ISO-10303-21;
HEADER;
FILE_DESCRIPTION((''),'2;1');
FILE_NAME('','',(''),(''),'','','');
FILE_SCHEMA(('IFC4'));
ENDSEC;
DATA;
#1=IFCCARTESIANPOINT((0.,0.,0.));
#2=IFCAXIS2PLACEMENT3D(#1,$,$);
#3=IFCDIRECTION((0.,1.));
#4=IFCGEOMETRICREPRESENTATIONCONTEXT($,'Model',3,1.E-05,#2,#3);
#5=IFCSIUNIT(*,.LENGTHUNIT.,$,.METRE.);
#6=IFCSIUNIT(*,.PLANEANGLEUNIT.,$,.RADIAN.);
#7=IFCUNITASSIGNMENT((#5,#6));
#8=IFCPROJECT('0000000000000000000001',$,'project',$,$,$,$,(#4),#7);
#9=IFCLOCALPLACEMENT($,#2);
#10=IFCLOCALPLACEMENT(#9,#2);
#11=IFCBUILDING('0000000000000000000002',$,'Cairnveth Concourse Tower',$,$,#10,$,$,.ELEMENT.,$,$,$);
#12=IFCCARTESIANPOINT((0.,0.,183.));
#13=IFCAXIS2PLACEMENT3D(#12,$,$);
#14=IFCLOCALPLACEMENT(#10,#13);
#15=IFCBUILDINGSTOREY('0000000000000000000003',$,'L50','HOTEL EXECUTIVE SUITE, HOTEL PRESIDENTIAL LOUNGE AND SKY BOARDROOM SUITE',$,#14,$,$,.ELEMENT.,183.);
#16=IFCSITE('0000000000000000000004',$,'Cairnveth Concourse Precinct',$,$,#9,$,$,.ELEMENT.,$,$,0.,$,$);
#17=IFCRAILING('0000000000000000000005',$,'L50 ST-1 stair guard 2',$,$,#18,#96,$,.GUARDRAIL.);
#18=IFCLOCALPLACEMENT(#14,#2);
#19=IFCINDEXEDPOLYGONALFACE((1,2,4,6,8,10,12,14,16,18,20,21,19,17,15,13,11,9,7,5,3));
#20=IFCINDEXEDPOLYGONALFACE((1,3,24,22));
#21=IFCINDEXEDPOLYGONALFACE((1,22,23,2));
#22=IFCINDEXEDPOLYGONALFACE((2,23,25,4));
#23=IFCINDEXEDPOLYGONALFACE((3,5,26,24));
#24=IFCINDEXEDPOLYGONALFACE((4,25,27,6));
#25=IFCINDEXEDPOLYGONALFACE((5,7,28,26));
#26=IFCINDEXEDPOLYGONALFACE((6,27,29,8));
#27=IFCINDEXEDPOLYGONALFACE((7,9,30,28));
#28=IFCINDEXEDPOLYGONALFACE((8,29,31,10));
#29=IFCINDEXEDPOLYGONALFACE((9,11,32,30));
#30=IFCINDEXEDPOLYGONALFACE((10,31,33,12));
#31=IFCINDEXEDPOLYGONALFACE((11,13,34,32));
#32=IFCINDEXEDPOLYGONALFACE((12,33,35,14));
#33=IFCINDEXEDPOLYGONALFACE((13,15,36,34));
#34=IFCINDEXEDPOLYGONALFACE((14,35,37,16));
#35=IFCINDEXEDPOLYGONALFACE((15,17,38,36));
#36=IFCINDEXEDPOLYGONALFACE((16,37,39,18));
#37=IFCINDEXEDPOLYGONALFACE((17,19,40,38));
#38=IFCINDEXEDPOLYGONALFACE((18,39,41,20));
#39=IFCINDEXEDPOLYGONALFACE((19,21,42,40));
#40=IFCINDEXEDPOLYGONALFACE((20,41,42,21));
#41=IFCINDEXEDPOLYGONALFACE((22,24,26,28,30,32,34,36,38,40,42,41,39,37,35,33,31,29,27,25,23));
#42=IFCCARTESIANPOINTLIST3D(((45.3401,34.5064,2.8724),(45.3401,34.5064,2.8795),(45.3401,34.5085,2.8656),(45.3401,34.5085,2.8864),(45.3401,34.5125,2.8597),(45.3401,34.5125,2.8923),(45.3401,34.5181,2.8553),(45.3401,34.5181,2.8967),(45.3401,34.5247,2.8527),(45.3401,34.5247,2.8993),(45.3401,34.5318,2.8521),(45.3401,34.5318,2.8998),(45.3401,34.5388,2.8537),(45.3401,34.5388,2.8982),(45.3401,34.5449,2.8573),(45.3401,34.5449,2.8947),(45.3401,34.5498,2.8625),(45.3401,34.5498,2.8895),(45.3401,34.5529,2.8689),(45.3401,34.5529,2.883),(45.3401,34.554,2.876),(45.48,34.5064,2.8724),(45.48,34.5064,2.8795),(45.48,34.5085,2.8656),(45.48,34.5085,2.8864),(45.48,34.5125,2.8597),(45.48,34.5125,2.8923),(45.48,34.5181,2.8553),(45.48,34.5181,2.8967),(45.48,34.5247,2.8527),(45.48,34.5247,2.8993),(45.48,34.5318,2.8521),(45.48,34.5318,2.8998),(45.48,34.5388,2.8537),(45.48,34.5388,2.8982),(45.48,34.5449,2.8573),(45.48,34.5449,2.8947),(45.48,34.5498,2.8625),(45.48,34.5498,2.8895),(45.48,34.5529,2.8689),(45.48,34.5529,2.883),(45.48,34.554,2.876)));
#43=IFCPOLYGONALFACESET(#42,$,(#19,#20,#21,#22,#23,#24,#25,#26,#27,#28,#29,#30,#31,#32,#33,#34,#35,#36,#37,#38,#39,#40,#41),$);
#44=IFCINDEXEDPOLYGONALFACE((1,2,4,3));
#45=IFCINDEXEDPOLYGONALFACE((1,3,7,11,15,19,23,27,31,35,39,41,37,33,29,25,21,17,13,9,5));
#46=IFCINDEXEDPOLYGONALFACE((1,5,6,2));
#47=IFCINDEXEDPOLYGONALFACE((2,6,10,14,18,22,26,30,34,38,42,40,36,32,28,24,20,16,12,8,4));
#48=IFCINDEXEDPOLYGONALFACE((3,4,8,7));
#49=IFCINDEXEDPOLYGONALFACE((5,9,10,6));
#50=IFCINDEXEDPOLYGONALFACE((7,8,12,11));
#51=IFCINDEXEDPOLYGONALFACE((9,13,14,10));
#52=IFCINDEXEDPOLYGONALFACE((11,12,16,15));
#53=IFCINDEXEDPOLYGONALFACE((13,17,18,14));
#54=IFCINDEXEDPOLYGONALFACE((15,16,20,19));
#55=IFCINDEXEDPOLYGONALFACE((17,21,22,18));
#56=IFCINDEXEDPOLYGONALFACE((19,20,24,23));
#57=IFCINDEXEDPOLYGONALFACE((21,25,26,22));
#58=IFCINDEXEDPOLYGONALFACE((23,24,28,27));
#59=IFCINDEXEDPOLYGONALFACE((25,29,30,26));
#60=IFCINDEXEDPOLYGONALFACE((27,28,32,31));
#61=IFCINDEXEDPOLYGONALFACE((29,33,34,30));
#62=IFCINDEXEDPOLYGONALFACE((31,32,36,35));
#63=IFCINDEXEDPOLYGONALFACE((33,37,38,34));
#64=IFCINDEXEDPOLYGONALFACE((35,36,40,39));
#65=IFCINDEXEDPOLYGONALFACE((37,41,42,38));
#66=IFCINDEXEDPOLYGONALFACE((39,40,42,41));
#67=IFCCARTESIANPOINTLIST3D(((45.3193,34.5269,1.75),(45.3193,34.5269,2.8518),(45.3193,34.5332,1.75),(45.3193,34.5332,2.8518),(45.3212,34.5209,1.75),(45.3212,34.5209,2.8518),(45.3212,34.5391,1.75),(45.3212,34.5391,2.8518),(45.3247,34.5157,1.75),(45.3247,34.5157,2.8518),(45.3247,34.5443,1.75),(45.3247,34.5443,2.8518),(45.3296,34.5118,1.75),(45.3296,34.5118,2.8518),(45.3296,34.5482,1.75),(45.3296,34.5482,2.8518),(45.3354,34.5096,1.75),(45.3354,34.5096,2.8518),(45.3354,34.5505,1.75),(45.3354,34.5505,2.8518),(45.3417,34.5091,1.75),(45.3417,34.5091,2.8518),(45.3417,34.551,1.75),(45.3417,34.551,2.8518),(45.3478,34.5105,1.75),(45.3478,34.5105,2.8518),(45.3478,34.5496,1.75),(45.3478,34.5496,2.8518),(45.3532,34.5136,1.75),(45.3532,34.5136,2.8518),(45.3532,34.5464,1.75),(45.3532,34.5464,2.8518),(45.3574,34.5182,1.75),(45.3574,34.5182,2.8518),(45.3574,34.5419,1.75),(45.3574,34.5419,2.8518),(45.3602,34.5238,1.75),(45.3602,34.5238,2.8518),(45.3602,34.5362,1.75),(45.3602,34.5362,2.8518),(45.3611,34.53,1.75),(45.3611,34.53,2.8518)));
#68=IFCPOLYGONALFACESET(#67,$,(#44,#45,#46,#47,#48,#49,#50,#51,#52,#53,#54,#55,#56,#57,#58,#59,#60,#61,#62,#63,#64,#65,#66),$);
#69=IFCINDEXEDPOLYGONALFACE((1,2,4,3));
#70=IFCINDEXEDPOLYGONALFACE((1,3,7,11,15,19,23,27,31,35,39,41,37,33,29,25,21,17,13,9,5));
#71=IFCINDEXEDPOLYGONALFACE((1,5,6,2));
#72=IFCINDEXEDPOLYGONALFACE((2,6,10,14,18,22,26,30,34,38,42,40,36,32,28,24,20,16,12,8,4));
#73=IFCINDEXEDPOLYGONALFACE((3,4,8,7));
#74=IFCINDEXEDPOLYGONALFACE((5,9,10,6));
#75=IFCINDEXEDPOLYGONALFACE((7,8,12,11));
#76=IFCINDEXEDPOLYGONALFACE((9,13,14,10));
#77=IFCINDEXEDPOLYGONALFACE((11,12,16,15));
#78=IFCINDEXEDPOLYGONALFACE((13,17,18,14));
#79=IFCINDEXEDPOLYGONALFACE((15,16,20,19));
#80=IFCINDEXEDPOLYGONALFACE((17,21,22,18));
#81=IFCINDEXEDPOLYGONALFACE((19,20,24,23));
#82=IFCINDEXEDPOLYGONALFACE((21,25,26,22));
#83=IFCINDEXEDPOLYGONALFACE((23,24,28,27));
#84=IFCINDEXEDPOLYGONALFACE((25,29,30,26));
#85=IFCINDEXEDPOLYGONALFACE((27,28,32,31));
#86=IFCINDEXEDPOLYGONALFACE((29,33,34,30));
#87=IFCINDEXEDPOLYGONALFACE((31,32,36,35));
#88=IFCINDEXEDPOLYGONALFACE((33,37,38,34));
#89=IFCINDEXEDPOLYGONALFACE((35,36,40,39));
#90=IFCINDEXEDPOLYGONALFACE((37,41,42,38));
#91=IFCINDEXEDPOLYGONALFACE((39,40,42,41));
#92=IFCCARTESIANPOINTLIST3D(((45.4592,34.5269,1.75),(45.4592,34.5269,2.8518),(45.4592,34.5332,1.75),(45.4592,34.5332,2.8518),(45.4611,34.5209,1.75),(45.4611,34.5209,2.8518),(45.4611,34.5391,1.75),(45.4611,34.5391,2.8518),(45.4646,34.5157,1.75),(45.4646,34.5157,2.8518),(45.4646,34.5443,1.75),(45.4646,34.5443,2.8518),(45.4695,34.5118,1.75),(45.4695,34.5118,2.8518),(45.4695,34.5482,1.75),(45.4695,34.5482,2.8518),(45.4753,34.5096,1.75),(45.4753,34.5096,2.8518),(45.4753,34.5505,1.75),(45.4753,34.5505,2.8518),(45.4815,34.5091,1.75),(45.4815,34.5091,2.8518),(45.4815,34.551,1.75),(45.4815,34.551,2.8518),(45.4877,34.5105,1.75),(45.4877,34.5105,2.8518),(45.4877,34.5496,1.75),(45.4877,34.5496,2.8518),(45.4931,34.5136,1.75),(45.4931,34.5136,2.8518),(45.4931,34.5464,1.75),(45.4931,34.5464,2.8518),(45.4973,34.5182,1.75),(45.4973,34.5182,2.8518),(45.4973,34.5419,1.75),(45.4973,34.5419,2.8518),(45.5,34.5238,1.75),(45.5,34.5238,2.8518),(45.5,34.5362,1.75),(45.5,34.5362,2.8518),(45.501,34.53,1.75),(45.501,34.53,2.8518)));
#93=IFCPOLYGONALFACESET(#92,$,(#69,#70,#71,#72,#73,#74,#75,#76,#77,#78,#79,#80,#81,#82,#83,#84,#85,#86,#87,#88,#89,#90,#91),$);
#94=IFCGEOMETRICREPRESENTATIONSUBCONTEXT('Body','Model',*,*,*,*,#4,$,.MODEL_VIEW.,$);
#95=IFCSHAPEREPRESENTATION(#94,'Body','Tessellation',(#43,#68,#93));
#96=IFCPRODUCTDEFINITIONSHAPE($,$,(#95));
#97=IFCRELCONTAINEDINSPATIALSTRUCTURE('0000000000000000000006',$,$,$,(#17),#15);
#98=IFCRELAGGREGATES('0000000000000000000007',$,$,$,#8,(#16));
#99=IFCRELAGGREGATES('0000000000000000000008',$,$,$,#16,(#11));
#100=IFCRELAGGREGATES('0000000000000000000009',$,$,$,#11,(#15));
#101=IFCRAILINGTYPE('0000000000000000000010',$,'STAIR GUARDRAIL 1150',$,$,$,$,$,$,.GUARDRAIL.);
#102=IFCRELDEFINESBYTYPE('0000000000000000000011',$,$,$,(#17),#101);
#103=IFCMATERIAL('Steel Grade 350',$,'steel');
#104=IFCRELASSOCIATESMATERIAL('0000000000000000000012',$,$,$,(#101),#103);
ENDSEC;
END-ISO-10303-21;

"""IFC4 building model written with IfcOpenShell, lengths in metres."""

from ifc_helpers import new_model, si_unit, direction, frame, origin, origin_2d, place, context, subcontext, project, spatial, circle, extrude, material, type_object, element, save


model = new_model("IFC4")

# Units and contexts
model_context = context("Model", 3, precision=1e-05, world=origin(), true_north=direction((0.0, 1.0)))
body_context = subcontext(model_context, "Body", "Model", "MODEL_VIEW")
ifc_project = project(units=[si_unit("LENGTHUNIT", "METRE"), si_unit("PLANEANGLEUNIT", "RADIAN")], contexts=[model_context])

# Site, building, storey
site_placement = place(None, origin())
site = spatial("IfcSite", under=ifc_project, at=site_placement, Name="Cairnveth Concourse Precinct", CompositionType="ELEMENT", RefElevation=0.0)
building_placement = place(site_placement, origin())
building = spatial("IfcBuilding", under=site, at=building_placement, Name="Cairnveth Concourse Tower", CompositionType="ELEMENT")
storey_placement = place(building_placement, frame((0.0, 0.0, 183.0)))
storey = spatial("IfcBuildingStorey", under=building, at=storey_placement, Name="L50", Description="HOTEL EXECUTIVE SUITE, HOTEL PRESIDENTIAL LOUNGE AND SKY BOARDROOM SUITE", CompositionType="ELEMENT", Elevation=183.0)

# Shared definitions
ifc_material_1 = material(Name="Steel Grade 350", Category="steel")

# Railing
railing_type_1 = type_object("IfcRailingType", Name="STAIR GUARDRAIL 1150", PredefinedType="GUARDRAIL", material=ifc_material_1)
railing_1_placement = place(storey_placement, frame((45.3401, 34.53, 1.75)))
element("IfcRailing", 1, at=railing_1_placement, inside=storey, type_object=railing_type_1, Name="L50 ST-1 stair guard 2", PredefinedType="GUARDRAIL", context=body_context, shape_type="SweptSolid", body=[
    extrude(circle(Radius=0.0239, at=origin_2d()), frame((0.0, 0.0, 1.126), z_axis=(1.0, 0.0, 0.0), x_axis=(0.0, 1.0, 0.0)), (0.0, 0.0, 1.0), 0.1399),
    extrude(circle(Radius=0.021, at=origin_2d()), origin(), (0.0, 0.0, 1.0), 1.1018),
    extrude(circle(Radius=0.021, at=origin_2d()), frame((0.1399, 0.0, 0.0)), (0.0, 0.0, 1.0), 1.1018),
])

save(model, "model.ifc")
